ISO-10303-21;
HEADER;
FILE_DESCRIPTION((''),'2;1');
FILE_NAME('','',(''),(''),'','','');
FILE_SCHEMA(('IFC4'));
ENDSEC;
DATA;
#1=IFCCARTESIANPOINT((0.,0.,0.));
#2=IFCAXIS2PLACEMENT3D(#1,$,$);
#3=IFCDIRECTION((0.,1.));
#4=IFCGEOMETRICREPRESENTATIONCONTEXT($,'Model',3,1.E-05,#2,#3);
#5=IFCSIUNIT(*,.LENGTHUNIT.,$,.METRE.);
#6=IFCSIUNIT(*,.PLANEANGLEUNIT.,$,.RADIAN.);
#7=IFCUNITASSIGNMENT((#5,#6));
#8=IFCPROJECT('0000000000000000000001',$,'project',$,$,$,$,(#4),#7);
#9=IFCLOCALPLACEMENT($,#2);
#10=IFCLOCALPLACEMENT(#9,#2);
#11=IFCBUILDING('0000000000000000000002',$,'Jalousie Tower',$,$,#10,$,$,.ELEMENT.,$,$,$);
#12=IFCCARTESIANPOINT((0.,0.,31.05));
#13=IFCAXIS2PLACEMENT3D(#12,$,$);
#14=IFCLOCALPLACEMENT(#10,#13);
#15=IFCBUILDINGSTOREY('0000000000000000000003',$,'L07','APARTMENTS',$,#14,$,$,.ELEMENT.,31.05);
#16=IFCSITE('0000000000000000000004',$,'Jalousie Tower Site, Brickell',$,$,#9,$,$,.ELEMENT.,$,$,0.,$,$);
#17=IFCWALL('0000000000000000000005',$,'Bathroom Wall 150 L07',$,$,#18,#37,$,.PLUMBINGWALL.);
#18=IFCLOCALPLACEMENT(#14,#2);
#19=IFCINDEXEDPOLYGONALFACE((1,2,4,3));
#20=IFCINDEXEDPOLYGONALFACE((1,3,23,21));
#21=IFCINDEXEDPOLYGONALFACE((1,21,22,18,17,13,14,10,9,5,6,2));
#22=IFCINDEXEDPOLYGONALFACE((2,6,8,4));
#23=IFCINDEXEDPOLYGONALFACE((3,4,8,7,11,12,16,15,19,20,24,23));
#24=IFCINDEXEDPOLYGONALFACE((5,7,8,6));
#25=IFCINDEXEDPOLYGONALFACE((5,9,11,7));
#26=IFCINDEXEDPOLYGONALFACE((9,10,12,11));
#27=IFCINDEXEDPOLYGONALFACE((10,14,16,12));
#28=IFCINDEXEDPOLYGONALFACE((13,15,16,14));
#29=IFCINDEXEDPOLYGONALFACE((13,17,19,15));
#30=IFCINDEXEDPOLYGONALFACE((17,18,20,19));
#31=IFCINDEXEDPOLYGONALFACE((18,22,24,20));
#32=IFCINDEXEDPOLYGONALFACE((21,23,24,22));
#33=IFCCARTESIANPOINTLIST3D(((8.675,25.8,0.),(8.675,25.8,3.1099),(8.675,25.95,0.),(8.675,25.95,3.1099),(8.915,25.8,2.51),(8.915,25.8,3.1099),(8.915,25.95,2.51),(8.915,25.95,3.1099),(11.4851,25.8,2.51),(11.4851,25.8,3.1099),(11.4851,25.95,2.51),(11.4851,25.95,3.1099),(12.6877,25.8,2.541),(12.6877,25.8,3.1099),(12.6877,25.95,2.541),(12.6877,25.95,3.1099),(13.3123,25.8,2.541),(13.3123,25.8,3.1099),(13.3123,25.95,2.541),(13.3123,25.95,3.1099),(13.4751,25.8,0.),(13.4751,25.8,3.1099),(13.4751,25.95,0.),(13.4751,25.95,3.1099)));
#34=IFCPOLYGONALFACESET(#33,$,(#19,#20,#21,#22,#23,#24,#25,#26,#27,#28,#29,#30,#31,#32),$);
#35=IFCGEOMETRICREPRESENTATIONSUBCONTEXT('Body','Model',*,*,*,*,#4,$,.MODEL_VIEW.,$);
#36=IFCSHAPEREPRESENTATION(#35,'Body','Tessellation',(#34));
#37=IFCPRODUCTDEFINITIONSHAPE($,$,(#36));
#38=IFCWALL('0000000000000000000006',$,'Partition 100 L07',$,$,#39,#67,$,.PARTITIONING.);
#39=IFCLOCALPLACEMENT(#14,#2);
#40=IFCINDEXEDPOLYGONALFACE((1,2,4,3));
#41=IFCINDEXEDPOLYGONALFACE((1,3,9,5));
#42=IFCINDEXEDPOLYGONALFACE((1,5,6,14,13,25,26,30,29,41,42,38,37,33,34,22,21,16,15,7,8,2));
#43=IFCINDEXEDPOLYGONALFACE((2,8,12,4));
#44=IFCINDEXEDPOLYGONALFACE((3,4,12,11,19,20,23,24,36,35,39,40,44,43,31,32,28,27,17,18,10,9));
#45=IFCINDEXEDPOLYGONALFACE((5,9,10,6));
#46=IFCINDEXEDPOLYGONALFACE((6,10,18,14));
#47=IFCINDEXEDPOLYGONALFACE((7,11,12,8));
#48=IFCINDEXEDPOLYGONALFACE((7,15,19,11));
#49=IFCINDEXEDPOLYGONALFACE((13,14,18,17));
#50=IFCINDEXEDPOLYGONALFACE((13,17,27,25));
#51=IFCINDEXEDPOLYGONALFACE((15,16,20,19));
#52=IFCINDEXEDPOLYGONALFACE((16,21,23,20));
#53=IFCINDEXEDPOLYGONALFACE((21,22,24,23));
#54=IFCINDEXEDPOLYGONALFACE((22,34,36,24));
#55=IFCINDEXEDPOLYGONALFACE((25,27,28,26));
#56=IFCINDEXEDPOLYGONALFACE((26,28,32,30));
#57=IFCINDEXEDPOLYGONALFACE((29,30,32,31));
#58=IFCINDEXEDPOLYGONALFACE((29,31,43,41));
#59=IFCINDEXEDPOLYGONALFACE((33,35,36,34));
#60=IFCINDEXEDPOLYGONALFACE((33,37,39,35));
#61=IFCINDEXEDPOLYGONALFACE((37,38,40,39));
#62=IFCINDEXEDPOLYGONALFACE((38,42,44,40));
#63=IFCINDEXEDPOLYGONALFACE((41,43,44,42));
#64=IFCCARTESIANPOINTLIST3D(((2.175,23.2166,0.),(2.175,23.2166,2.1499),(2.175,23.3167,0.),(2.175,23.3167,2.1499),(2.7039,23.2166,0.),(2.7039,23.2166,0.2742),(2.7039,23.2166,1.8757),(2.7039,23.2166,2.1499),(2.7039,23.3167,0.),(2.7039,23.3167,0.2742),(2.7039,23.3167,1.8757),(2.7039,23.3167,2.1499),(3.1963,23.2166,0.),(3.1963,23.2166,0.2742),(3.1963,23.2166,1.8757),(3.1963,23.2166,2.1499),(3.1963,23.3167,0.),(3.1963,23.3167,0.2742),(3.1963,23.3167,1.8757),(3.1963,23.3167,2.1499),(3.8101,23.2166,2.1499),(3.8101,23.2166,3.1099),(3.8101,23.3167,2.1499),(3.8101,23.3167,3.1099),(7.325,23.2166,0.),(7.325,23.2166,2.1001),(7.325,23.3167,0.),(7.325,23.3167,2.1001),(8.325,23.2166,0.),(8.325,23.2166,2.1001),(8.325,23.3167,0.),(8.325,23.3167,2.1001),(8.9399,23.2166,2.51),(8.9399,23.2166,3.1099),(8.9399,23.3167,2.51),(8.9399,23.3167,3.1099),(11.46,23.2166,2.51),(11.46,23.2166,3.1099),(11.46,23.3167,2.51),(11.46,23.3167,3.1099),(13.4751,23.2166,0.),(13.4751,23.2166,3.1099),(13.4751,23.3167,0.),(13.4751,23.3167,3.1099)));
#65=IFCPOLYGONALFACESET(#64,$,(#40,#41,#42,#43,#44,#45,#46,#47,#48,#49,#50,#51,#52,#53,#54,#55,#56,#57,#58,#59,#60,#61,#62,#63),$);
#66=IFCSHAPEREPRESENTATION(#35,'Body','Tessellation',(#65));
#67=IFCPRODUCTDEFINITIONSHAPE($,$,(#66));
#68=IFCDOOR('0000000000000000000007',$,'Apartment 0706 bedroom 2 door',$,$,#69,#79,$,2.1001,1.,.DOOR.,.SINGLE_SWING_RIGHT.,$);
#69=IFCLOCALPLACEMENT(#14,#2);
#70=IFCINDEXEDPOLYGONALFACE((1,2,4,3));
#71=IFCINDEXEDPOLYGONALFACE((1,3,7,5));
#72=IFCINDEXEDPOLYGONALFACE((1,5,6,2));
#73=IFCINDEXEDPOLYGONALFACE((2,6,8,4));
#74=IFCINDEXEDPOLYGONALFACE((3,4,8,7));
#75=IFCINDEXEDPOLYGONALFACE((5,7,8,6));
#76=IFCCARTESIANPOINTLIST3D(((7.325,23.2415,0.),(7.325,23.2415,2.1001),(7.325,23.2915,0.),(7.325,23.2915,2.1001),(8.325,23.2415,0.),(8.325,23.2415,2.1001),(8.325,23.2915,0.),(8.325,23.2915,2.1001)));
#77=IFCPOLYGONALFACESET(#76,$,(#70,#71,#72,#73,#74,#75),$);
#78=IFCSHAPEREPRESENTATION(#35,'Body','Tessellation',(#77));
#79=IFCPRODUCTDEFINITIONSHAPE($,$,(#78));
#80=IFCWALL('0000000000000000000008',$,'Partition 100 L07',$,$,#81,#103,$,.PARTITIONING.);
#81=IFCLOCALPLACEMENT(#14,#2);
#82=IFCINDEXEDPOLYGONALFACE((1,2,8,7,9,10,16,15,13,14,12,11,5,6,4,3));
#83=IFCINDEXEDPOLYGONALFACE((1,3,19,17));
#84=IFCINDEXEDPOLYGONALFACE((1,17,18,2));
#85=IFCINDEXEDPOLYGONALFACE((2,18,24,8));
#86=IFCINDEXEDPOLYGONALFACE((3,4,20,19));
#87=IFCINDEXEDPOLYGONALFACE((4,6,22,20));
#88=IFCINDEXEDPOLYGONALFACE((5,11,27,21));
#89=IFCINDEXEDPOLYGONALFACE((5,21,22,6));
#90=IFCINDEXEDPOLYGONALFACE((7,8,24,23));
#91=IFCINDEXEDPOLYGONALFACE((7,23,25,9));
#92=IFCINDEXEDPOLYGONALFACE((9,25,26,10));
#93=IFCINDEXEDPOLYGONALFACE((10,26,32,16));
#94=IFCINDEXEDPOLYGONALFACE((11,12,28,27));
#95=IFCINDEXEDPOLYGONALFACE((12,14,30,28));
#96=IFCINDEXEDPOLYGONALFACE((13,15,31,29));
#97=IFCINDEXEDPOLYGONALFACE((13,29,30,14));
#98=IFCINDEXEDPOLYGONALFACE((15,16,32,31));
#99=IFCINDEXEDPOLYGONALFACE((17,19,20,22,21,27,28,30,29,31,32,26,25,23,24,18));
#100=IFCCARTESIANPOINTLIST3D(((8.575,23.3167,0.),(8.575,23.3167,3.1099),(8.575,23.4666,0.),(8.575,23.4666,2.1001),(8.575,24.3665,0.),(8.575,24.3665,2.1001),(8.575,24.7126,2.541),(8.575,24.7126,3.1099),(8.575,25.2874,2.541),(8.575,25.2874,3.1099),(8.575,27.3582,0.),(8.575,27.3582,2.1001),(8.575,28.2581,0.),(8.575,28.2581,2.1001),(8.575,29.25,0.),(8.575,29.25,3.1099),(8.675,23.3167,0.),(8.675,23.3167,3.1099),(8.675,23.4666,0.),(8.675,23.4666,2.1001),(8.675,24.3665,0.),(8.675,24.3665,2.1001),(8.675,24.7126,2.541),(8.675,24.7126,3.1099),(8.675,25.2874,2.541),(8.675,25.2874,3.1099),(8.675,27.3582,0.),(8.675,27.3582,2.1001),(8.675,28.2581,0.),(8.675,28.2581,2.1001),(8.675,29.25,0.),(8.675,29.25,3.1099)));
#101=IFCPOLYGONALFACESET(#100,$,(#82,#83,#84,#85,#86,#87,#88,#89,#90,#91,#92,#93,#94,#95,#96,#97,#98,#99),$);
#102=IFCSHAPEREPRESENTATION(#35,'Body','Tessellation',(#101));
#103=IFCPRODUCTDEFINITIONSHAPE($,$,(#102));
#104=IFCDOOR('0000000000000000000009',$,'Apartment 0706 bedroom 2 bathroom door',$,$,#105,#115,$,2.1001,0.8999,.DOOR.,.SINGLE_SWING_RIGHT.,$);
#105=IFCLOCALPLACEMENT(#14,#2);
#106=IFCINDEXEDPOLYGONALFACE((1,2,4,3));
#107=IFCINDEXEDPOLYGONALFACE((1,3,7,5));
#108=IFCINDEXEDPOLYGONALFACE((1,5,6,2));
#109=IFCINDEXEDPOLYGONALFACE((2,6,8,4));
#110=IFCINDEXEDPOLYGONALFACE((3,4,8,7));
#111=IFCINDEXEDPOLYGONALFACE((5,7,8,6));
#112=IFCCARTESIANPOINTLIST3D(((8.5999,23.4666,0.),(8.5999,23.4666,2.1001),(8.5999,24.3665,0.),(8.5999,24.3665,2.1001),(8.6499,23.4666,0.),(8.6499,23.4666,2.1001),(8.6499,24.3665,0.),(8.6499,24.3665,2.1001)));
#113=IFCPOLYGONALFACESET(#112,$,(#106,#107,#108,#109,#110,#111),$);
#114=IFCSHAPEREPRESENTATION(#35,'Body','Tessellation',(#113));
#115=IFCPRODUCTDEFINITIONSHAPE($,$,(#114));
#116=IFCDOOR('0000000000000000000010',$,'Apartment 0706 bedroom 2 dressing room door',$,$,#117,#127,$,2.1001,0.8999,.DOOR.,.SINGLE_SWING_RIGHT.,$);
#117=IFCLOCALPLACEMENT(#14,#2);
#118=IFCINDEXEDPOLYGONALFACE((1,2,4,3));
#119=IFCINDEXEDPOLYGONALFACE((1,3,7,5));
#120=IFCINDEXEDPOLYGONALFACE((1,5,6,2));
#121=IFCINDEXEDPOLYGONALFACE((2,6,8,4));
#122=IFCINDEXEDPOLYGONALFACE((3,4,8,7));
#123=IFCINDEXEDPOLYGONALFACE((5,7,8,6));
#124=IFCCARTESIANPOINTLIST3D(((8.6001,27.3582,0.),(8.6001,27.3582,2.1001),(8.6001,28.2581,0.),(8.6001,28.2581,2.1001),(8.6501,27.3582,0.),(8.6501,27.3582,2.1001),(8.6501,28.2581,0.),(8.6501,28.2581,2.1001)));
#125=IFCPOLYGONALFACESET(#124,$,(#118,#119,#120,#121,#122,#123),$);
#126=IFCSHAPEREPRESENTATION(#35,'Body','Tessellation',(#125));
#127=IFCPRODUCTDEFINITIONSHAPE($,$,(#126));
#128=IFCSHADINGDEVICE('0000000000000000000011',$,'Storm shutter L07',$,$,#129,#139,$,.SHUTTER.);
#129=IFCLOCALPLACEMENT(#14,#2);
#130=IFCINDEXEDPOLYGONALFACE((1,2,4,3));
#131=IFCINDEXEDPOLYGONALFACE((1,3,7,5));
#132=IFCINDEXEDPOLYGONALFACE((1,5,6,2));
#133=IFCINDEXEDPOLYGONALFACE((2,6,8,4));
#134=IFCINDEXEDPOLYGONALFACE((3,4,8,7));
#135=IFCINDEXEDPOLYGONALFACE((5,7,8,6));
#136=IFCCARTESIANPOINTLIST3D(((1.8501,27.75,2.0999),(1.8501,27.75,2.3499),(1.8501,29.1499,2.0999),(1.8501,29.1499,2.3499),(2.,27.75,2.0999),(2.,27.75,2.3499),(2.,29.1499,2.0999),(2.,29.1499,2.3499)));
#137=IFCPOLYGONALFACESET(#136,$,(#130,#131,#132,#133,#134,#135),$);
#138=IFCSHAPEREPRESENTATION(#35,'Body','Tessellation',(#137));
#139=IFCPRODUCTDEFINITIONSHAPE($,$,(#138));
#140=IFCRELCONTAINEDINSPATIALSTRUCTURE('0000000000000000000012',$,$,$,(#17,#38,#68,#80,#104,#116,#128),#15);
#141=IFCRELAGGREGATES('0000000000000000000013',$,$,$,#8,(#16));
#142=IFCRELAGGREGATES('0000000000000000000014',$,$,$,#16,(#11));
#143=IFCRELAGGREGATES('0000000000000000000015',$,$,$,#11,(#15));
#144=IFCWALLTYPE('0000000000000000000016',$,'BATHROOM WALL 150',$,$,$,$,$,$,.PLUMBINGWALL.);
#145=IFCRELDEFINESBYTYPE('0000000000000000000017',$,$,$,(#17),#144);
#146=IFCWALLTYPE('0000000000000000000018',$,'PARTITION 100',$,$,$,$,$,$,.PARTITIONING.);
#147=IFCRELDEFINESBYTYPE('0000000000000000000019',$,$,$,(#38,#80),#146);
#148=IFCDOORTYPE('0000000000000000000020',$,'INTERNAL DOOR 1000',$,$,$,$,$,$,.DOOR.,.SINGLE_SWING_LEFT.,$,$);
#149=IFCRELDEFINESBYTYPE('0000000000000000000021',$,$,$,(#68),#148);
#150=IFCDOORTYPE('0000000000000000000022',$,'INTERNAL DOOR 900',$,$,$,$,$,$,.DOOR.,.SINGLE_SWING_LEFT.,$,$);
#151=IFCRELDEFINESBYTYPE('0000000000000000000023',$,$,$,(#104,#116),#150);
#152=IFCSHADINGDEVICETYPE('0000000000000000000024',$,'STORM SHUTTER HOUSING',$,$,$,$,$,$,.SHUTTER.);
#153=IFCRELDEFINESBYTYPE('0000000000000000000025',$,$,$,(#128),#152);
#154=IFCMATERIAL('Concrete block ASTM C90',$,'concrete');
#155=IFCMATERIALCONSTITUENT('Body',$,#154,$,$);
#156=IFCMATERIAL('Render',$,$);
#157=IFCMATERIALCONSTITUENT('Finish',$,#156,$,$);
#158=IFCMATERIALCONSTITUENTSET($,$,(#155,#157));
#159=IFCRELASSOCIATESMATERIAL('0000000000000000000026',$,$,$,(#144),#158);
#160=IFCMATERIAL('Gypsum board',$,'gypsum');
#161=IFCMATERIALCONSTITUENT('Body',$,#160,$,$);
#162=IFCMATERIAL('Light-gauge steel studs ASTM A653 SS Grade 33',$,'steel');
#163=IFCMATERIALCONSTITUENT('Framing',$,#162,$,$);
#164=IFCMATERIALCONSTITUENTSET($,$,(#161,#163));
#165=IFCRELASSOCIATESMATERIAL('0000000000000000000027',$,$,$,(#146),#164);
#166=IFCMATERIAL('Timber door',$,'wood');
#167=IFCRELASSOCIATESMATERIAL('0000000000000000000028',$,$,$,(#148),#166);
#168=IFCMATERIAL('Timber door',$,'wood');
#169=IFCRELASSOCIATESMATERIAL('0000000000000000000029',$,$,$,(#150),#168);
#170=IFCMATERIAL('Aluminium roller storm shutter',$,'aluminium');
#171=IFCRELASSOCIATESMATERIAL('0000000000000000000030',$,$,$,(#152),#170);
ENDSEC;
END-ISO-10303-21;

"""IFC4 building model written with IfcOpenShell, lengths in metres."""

from ifc_helpers import new_model, si_unit, direction, frame, frame_2d, origin, origin_2d, place, context, subcontext, project, spatial, polyline, rectangle, outline, extrude, material, constituent, constituent_set, type_object, element, fill, save


model = new_model("IFC4")

# Units and contexts
model_context = context("Model", 3, precision=1e-05, world=origin(), true_north=direction((0.0, 1.0)))
body_context = subcontext(model_context, "Body", "Model", "MODEL_VIEW")
ifc_project = project(units=[si_unit("LENGTHUNIT", "METRE"), si_unit("PLANEANGLEUNIT", "RADIAN")], contexts=[model_context])

# Site, building, storey
site_placement = place(None, origin())
site = spatial("IfcSite", under=ifc_project, at=site_placement, Name="Jalousie Tower Site, Brickell", CompositionType="ELEMENT", RefElevation=0.0)
building_placement = place(site_placement, origin())
building = spatial("IfcBuilding", under=site, at=building_placement, Name="Jalousie Tower", CompositionType="ELEMENT")
storey_placement = place(building_placement, frame((0.0, 0.0, 31.05)))
storey = spatial("IfcBuildingStorey", under=building, at=storey_placement, Name="L07", Description="APARTMENTS", CompositionType="ELEMENT", Elevation=31.05)

# Wall
ifc_material_1 = material(Name="Concrete block ASTM C90", Category="concrete")
ifc_constituent_1 = constituent(ifc_material_1, Name="Body")
ifc_material_2 = material(Name="Render")
ifc_constituent_2 = constituent(ifc_material_2, Name="Finish")
ifc_constituent_set_1 = constituent_set(constituents=[ifc_constituent_1, ifc_constituent_2])
wall_type_1 = type_object("IfcWallType", Name="BATHROOM WALL 150", PredefinedType="PLUMBINGWALL", material=ifc_constituent_set_1)
wall_1_placement = place(storey_placement, frame((8.675, 25.875, 0.0), z_axis=(0.0, 0.0, 1.0), x_axis=(1.0, 0.0, 0.0)))
element("IfcWall", 1, at=wall_1_placement, inside=storey, type_object=wall_type_1, Name="Bathroom Wall 150 L07", PredefinedType="PLUMBINGWALL", context=body_context, shape_type="SweptSolid", body=[
    extrude(outline(polyline([(0.0, 0.0), (4.8, 0.0), (4.8, 3.1099), (4.6372, 3.1099), (4.6372, 2.541), (4.0127, 2.541), (4.0127, 3.1099), (2.8101, 3.1099), (2.8101, 2.51), (0.24, 2.51), (0.24, 3.1099), (0.0, 3.1099), (0.0, 0.0)])), frame((0.0, 0.075, 0.0), z_axis=(0.0, -1.0, 0.0), x_axis=(1.0, 0.0, 0.0)), (0.0, 0.0, 1.0), 0.1499),
])

# Wall, opening, door
ifc_material_3 = material(Name="Gypsum board", Category="gypsum")
ifc_constituent_3 = constituent(ifc_material_3, Name="Body")
ifc_material_4 = material(Name="Light-gauge steel studs ASTM A653 SS Grade 33", Category="steel")
ifc_constituent_4 = constituent(ifc_material_4, Name="Framing")
ifc_constituent_set_2 = constituent_set(constituents=[ifc_constituent_3, ifc_constituent_4])
wall_type_2 = type_object("IfcWallType", Name="PARTITION 100", PredefinedType="PARTITIONING", material=ifc_constituent_set_2)
wall_2_placement = place(storey_placement, frame((2.175, 23.2666, 0.0), z_axis=(0.0, 0.0, 1.0), x_axis=(1.0, 0.0, 0.0)))
wall_2 = element("IfcWall", 2, at=wall_2_placement, inside=storey, type_object=wall_type_2, Name="Partition 100 L07", PredefinedType="PARTITIONING", context=body_context, shape_type="SweptSolid", body=[
    extrude(outline(polyline([(0.5288, 2.1499), (0.0, 2.1499), (0.0, 0.0), (0.5288, 0.0), (0.5288, 0.2742), (1.0212, 0.2742), (1.0212, 0.0), (11.3, 0.0), (11.3, 3.1099), (9.2849, 3.1099), (9.2849, 2.51), (6.7649, 2.51), (6.7649, 3.1099), (1.635, 3.1099), (1.635, 2.1499), (1.0212, 2.1499), (1.0212, 1.8757), (0.5288, 1.8757), (0.5288, 2.1499)])), frame((0.0, 0.05, 0.0), z_axis=(0.0, -1.0, 0.0), x_axis=(1.0, 0.0, 0.0)), (0.0, 0.0, 1.0), 0.1001),
])
opening_1_placement = place(wall_2_placement, frame((5.1499, 0.0, 0.0)))
opening_1 = element("IfcOpeningElement", 3, at=opening_1_placement, cuts=wall_2, PredefinedType="OPENING", context=body_context, shape_type="SweptSolid", body=[
    extrude(rectangle(XDim=1.0, YDim=2.1001, at=frame_2d((0.5, 1.05))), frame((0.0, 0.0601, 0.0), z_axis=(0.0, -1.0, 0.0), x_axis=(1.0, 0.0, 0.0)), (0.0, 0.0, 1.0), 0.1201),
])
ifc_material_5 = material(Name="Timber door", Category="wood")
door_type_1 = type_object("IfcDoorType", Name="INTERNAL DOOR 1000", OperationType="SINGLE_SWING_LEFT", PredefinedType="DOOR", material=ifc_material_5)
door_1_placement = place(opening_1_placement, origin())
door_1 = element("IfcDoor", 4, at=door_1_placement, inside=storey, type_object=door_type_1, Name="Apartment 0706 bedroom 2 door", OperationType="SINGLE_SWING_RIGHT", OverallHeight=2.1001, OverallWidth=1.0, PredefinedType="DOOR", context=body_context, shape_type="SweptSolid", body=[
    extrude(rectangle(XDim=1.0, YDim=2.1001, at=frame_2d((0.5, 1.05))), frame((0.0, 0.0249, 0.0), z_axis=(0.0, -1.0, 0.0), x_axis=(1.0, 0.0, 0.0)), (0.0, 0.0, 1.0), 0.05),
])
fill(opening_1, door_1)

# Wall, openings, doors
wall_3_placement = place(storey_placement, frame((8.625, 23.3167, 0.0), z_axis=(0.0, 0.0, 1.0), x_axis=(0.0, 1.0, 0.0)))
wall_3 = element("IfcWall", 5, at=wall_3_placement, inside=storey, type_object=wall_type_2, Name="Partition 100 L07", PredefinedType="PARTITIONING", context=body_context, shape_type="SweptSolid", body=[
    extrude(outline(polyline([(0.0, 0.0), (5.9333, 0.0), (5.9333, 3.1099), (1.9707, 3.1099), (1.9707, 2.541), (1.396, 2.541), (1.396, 3.1099), (0.0, 3.1099), (0.0, 0.0)])), frame((0.0, 0.05, 0.0), z_axis=(0.0, -1.0, 0.0), x_axis=(1.0, 0.0, 0.0)), (0.0, 0.0, 1.0), 0.1001),
])
opening_2_placement = place(wall_3_placement, frame((0.1499, 0.0, 0.0)))
opening_2 = element("IfcOpeningElement", 6, at=opening_2_placement, cuts=wall_3, PredefinedType="OPENING", context=body_context, shape_type="SweptSolid", body=[
    extrude(rectangle(XDim=0.8999, YDim=2.1001, at=frame_2d((0.45, 1.05))), frame((0.0, 0.0601, 0.0), z_axis=(0.0, -1.0, 0.0), x_axis=(1.0, 0.0, 0.0)), (0.0, 0.0, 1.0), 0.1201),
])
opening_3_placement = place(wall_3_placement, frame((4.0415, 0.0, 0.0)))
opening_3 = element("IfcOpeningElement", 7, at=opening_3_placement, cuts=wall_3, PredefinedType="OPENING", context=body_context, shape_type="SweptSolid", body=[
    extrude(rectangle(XDim=0.8999, YDim=2.1001, at=frame_2d((0.45, 1.05))), frame((0.0, 0.0601, 0.0), z_axis=(0.0, -1.0, 0.0), x_axis=(1.0, 0.0, 0.0)), (0.0, 0.0, 1.0), 0.1201),
])
ifc_material_6 = material(Name="Timber door", Category="wood")
door_type_2 = type_object("IfcDoorType", Name="INTERNAL DOOR 900", OperationType="SINGLE_SWING_LEFT", PredefinedType="DOOR", material=ifc_material_6)
door_2_placement = place(opening_2_placement, frame((0.8999, 0.0, 0.0), z_axis=(0.0, 0.0, 1.0), x_axis=(-1.0, 0.0, 0.0)))
door_2 = element("IfcDoor", 8, at=door_2_placement, inside=storey, type_object=door_type_2, Name="Apartment 0706 bedroom 2 bathroom door", OperationType="SINGLE_SWING_RIGHT", OverallHeight=2.1001, OverallWidth=0.8999, PredefinedType="DOOR", context=body_context, shape_type="SweptSolid", body=[
    extrude(rectangle(XDim=0.8999, YDim=2.1001, at=frame_2d((0.45, 1.05))), frame((0.0, 0.0249, 0.0), z_axis=(0.0, -1.0, 0.0), x_axis=(1.0, 0.0, 0.0)), (0.0, 0.0, 1.0), 0.05),
])
fill(opening_2, door_2)
door_3_placement = place(opening_3_placement, origin())
door_3 = element("IfcDoor", 9, at=door_3_placement, inside=storey, type_object=door_type_2, Name="Apartment 0706 bedroom 2 dressing room door", OperationType="SINGLE_SWING_RIGHT", OverallHeight=2.1001, OverallWidth=0.8999, PredefinedType="DOOR", context=body_context, shape_type="SweptSolid", body=[
    extrude(rectangle(XDim=0.8999, YDim=2.1001, at=frame_2d((0.45, 1.05))), frame((0.0, 0.0249, 0.0), z_axis=(0.0, -1.0, 0.0), x_axis=(1.0, 0.0, 0.0)), (0.0, 0.0, 1.0), 0.05),
])
fill(opening_3, door_3)

# Shading device
ifc_material_7 = material(Name="Aluminium roller storm shutter", Category="aluminium")
shading_device_type = type_object("IfcShadingDeviceType", Name="STORM SHUTTER HOUSING", PredefinedType="SHUTTER", material=ifc_material_7)
shading_device_placement = place(storey_placement, frame((1.925, 28.45, 2.0999), z_axis=(0.0, 0.0, 1.0), x_axis=(0.0, -1.0, 0.0)))
element("IfcShadingDevice", 10, at=shading_device_placement, inside=storey, type_object=shading_device_type, Name="Storm shutter L07", PredefinedType="SHUTTER", context=body_context, shape_type="SweptSolid", body=[
    extrude(rectangle(XDim=1.3999, YDim=0.1499, at=origin_2d()), origin(), (0.0, 0.0, 1.0), 0.25),
])

save(model, "model.ifc")
